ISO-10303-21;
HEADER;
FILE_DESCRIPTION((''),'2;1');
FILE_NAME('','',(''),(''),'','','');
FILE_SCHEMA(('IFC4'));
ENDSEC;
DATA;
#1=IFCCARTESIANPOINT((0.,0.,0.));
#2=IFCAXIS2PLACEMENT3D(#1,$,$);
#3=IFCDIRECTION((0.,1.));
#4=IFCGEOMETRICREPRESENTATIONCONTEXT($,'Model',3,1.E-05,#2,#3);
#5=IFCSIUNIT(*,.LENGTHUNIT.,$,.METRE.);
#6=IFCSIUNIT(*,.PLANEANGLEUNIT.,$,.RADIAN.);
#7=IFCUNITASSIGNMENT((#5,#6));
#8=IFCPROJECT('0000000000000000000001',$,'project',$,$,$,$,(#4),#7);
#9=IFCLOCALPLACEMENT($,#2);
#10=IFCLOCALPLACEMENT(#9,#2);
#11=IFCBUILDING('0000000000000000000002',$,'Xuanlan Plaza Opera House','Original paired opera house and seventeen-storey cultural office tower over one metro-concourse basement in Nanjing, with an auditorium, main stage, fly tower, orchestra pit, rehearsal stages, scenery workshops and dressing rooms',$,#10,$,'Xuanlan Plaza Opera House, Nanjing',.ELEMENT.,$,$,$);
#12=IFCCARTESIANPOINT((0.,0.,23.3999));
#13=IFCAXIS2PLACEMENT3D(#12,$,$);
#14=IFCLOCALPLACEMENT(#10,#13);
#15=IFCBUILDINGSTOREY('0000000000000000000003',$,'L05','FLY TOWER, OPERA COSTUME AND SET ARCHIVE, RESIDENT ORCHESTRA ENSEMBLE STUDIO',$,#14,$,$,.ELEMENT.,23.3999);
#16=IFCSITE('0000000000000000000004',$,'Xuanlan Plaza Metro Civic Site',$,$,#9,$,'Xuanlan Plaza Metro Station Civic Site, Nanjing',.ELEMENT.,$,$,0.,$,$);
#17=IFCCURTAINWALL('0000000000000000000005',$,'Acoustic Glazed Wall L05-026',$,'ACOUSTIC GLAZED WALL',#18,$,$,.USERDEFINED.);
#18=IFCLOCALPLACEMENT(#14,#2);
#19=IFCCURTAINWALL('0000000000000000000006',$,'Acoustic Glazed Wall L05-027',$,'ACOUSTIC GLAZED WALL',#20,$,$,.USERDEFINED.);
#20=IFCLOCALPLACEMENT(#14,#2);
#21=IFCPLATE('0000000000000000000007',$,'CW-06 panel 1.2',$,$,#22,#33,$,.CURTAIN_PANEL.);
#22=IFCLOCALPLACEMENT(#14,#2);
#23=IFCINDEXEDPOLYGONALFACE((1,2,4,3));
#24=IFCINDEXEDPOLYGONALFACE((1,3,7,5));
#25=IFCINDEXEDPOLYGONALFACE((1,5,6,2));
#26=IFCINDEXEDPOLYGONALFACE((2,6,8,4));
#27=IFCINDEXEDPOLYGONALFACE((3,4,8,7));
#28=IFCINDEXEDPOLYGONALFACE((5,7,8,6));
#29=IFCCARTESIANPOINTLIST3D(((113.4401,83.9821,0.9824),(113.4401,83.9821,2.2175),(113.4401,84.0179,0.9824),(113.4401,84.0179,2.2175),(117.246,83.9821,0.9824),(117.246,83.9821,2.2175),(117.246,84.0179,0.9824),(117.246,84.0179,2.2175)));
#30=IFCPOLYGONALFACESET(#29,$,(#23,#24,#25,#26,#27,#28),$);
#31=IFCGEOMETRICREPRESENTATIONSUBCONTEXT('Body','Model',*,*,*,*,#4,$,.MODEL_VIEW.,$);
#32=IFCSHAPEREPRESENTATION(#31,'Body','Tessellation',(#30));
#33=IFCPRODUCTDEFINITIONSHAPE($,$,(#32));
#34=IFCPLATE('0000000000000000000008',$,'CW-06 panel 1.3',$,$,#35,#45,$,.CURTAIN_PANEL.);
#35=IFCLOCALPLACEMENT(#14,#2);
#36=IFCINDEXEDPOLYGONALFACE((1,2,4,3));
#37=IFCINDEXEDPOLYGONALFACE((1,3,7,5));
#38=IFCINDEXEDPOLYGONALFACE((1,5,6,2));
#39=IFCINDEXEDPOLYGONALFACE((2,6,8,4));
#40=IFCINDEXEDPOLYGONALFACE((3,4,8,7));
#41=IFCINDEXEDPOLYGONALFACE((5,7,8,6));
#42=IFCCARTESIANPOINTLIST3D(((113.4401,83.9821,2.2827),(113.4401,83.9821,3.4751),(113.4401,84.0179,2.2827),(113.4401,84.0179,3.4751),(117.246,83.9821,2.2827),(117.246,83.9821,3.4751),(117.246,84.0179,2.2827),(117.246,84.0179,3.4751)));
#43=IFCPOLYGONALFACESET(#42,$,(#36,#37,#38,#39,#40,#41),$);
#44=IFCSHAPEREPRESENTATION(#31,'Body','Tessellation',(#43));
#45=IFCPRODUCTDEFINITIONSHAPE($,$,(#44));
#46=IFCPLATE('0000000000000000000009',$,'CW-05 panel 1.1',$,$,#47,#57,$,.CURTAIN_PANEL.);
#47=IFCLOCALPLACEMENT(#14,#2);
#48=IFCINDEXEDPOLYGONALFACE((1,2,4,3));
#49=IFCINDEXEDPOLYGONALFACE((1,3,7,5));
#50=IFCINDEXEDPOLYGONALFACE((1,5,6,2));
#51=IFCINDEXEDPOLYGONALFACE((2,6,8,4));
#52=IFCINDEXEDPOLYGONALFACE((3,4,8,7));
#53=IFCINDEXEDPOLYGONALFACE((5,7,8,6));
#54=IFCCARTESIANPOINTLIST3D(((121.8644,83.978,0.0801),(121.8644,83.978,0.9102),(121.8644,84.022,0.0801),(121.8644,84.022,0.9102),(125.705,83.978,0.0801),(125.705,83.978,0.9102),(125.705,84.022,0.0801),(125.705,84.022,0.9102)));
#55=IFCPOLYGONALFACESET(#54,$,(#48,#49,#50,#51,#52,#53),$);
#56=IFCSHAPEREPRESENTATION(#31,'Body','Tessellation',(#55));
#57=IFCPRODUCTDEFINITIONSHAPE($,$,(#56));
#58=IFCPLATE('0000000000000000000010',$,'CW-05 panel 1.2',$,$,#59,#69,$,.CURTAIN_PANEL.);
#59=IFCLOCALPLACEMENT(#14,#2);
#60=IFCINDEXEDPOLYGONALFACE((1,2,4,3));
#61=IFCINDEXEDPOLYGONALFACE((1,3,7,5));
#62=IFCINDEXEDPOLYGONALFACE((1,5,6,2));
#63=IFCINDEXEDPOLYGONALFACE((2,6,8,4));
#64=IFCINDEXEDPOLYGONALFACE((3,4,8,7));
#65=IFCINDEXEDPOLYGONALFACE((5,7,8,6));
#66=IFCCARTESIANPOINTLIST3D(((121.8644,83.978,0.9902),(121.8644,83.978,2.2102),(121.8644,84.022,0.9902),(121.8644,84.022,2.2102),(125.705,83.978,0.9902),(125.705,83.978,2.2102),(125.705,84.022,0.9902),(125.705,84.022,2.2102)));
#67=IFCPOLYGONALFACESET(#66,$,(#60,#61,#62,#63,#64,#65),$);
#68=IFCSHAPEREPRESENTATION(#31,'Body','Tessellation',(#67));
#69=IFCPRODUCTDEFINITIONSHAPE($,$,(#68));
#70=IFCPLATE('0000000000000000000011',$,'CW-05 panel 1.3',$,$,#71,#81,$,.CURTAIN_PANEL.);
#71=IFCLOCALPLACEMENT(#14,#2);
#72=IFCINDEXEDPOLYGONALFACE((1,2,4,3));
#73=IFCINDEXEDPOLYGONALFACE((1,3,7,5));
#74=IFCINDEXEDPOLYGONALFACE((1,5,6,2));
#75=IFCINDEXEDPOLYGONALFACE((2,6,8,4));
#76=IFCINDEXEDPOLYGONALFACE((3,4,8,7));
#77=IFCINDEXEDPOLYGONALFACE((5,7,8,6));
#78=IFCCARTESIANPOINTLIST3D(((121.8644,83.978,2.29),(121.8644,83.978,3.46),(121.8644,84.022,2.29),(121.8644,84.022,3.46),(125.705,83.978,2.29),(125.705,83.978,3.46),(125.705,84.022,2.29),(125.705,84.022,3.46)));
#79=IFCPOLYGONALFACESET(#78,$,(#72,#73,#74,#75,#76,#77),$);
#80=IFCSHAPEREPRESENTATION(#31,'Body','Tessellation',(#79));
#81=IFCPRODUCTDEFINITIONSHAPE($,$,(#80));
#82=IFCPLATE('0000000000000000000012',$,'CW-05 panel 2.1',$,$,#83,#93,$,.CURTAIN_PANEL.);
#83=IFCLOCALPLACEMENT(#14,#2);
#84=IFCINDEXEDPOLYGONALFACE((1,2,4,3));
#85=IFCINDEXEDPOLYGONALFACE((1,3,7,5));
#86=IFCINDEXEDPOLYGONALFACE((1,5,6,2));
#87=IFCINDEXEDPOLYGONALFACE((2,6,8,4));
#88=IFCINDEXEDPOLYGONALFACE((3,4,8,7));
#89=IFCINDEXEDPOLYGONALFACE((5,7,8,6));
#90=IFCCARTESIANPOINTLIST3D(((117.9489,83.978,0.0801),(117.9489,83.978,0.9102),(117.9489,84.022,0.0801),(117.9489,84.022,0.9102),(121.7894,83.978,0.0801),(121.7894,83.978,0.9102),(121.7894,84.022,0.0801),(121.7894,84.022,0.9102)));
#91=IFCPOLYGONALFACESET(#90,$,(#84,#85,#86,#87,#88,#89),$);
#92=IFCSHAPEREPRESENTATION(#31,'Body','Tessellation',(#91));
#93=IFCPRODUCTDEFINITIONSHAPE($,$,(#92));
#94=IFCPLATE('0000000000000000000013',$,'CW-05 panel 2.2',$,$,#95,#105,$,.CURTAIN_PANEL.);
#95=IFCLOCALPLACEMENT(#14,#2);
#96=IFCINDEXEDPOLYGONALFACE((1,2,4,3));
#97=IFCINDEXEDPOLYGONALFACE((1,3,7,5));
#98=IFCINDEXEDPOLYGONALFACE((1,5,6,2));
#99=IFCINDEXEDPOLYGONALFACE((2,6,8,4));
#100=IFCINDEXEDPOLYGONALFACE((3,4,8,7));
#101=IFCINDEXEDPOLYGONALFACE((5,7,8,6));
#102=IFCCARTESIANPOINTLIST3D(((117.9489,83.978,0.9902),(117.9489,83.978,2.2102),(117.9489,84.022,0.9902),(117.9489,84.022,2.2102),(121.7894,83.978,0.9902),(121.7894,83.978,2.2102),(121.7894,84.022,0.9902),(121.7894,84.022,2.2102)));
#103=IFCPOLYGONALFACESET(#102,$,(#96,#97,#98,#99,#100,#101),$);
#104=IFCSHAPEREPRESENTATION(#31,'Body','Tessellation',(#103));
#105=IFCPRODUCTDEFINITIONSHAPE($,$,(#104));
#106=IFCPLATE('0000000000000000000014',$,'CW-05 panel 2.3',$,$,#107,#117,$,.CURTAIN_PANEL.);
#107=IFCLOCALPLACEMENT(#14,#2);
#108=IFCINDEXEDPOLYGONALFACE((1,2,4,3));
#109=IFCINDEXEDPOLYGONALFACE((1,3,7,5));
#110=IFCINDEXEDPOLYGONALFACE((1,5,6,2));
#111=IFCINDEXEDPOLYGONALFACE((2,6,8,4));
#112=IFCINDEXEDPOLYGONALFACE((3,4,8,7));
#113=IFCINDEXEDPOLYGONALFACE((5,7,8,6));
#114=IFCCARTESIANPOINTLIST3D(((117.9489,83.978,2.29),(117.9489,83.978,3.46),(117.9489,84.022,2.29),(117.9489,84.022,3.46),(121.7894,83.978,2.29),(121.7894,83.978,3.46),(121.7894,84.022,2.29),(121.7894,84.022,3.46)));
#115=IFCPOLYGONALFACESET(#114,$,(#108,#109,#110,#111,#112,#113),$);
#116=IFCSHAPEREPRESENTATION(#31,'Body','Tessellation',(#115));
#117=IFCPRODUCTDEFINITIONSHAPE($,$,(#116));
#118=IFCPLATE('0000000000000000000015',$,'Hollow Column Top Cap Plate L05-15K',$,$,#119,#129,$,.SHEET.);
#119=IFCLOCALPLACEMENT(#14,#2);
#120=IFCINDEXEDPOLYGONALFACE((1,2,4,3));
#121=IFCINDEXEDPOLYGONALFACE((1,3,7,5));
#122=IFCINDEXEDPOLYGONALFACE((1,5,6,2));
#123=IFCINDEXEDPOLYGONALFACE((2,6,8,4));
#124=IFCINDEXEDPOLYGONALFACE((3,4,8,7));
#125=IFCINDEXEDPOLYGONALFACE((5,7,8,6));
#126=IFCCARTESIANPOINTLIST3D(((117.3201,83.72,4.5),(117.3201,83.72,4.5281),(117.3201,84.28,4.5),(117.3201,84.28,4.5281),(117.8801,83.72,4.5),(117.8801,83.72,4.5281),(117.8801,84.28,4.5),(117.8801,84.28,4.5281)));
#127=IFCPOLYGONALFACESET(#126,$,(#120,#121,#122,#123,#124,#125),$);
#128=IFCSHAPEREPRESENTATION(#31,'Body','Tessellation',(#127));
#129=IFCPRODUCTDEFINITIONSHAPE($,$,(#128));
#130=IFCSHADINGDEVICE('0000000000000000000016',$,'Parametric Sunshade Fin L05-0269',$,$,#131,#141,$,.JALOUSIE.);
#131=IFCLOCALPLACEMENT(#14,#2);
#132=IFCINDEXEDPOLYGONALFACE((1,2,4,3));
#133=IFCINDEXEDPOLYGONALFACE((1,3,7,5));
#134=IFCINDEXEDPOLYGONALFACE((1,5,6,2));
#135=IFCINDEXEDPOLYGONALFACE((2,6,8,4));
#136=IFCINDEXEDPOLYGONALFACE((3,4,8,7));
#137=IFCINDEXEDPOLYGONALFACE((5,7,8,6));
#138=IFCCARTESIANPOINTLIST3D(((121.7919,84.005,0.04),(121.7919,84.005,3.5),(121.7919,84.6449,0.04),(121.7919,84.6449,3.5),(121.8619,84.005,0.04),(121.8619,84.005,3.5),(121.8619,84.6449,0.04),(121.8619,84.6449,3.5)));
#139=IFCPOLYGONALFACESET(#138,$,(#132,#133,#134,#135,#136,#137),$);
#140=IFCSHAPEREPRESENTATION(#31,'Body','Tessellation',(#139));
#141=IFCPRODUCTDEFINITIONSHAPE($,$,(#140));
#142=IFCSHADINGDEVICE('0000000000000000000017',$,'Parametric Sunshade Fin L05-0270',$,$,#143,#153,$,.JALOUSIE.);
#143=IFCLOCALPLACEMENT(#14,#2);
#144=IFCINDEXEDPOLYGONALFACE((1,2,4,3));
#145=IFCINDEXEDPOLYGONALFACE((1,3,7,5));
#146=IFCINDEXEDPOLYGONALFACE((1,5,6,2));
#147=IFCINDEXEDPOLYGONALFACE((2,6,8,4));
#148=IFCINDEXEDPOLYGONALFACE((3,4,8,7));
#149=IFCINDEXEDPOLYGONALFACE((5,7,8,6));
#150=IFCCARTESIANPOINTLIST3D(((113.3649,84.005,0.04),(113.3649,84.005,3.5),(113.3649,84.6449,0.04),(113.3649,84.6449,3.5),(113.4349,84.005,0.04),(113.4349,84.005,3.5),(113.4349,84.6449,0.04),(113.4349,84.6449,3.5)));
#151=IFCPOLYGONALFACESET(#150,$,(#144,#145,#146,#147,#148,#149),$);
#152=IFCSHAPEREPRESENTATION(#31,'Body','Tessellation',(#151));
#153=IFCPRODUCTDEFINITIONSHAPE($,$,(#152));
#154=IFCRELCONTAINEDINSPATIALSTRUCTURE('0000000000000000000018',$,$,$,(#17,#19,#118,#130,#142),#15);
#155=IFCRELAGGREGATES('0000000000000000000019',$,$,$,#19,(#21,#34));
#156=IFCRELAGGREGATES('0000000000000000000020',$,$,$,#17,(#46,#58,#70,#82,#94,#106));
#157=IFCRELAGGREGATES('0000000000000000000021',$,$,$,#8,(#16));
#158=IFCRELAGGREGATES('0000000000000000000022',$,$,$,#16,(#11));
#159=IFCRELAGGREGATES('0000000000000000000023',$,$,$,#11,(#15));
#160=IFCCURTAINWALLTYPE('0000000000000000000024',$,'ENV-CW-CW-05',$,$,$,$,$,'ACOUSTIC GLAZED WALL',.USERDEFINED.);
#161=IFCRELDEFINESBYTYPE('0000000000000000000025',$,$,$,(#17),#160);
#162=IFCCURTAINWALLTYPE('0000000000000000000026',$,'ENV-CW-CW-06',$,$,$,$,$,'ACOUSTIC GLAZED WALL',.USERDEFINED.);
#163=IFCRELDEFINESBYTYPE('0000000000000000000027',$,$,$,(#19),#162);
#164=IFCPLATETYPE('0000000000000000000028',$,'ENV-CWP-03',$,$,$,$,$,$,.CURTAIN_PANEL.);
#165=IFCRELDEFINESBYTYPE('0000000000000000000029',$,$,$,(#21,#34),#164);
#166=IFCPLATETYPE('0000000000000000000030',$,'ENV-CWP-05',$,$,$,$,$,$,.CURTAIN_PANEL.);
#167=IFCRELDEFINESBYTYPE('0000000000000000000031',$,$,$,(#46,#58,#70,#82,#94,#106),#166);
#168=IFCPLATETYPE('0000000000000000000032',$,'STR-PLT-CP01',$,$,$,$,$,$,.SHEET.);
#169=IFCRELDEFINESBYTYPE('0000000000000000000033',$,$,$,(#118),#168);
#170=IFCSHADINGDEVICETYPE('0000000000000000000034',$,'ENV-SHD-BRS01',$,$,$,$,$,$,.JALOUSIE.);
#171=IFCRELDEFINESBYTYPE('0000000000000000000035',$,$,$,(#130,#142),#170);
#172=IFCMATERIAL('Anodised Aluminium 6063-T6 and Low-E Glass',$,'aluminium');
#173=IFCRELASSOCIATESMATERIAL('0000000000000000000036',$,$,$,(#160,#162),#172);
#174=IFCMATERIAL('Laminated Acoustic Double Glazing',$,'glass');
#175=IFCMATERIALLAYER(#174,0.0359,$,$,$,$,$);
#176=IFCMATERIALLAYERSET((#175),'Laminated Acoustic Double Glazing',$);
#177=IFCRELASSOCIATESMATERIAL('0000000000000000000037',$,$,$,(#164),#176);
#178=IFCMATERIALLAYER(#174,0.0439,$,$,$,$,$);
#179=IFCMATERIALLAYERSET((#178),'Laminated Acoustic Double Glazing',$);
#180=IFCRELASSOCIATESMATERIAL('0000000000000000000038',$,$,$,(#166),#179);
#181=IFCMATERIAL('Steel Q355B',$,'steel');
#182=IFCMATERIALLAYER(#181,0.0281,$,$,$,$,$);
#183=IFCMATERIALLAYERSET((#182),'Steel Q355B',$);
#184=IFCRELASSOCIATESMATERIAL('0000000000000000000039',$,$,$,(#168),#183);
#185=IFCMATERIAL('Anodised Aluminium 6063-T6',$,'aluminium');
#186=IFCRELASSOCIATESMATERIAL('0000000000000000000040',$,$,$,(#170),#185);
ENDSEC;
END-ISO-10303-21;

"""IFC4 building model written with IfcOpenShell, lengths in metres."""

from ifc_helpers import new_model, si_unit, direction, frame, origin, origin_2d, place, context, subcontext, project, spatial, rectangle, extrude, material, layer, layer_set, type_object, element, aggregate, save


model = new_model("IFC4")

# Units and contexts
model_context = context("Model", 3, precision=1e-05, world=origin(), true_north=direction((0.0, 1.0)))
body_context = subcontext(model_context, "Body", "Model", "MODEL_VIEW")
ifc_project = project(units=[si_unit("LENGTHUNIT", "METRE"), si_unit("PLANEANGLEUNIT", "RADIAN")], contexts=[model_context])

# Site, building, storey
site_placement = place(None, origin())
site = spatial("IfcSite", under=ifc_project, at=site_placement, Name="Xuanlan Plaza Metro Civic Site", LongName="Xuanlan Plaza Metro Station Civic Site, Nanjing", CompositionType="ELEMENT", RefElevation=0.0)
building_placement = place(site_placement, origin())
building = spatial("IfcBuilding", under=site, at=building_placement, Name="Xuanlan Plaza Opera House", Description="Original paired opera house and seventeen-storey cultural office tower over one metro-concourse basement in Nanjing, with an auditorium, main stage, fly tower, orchestra pit, rehearsal stages, scenery workshops and dressing rooms", LongName="Xuanlan Plaza Opera House, Nanjing", CompositionType="ELEMENT")
storey_placement = place(building_placement, frame((0.0, 0.0, 23.3999)))
storey = spatial("IfcBuildingStorey", under=building, at=storey_placement, Name="L05", Description="FLY TOWER, OPERA COSTUME AND SET ARCHIVE, RESIDENT ORCHESTRA ENSEMBLE STUDIO", CompositionType="ELEMENT", Elevation=23.3999)

# Shared definitions
ifc_material_1 = material(Name="Steel Q355B", Category="steel")

# Curtain walls
ifc_material_2 = material(Name="Anodised Aluminium 6063-T6 and Low-E Glass", Category="aluminium")
curtain_wall_type_1 = type_object("IfcCurtainWallType", Name="ENV-CW-CW-05", ElementType="ACOUSTIC GLAZED WALL", PredefinedType="USERDEFINED", material=ifc_material_2)
curtain_wall_1_placement = place(storey_placement, origin())
curtain_wall_1 = element("IfcCurtainWall", 1, at=curtain_wall_1_placement, inside=storey, type_object=curtain_wall_type_1, Name="Acoustic Glazed Wall L05-026", ObjectType="ACOUSTIC GLAZED WALL", PredefinedType="USERDEFINED")
ifc_material_3 = material(Name="Anodised Aluminium 6063-T6", Category="aluminium")
curtain_wall_type_2 = type_object("IfcCurtainWallType", Name="ENV-CW-CW-06", ElementType="ACOUSTIC GLAZED WALL", PredefinedType="USERDEFINED", material=ifc_material_2)
curtain_wall_2_placement = place(storey_placement, origin())
curtain_wall_2 = element("IfcCurtainWall", 2, at=curtain_wall_2_placement, inside=storey, type_object=curtain_wall_type_2, Name="Acoustic Glazed Wall L05-027", ObjectType="ACOUSTIC GLAZED WALL", PredefinedType="USERDEFINED")

# Plates
ifc_material_4 = material(Name="Laminated Acoustic Double Glazing", Category="glass")
ifc_layer_1 = layer(ifc_material_4, 0.0359)
ifc_layer_set_1 = layer_set([ifc_layer_1], Name="Laminated Acoustic Double Glazing")
plate_type_1 = type_object("IfcPlateType", Name="ENV-CWP-03", PredefinedType="CURTAIN_PANEL", material=ifc_layer_set_1)
plate_1_placement = place(storey_placement, frame((115.343, 84.0, 0.9824), z_axis=(0.0, 0.0, 1.0), x_axis=(-1.0, 0.0, 0.0)))
plate_1 = element("IfcPlate", 3, at=plate_1_placement, type_object=plate_type_1, Name="CW-06 panel 1.2", PredefinedType="CURTAIN_PANEL", context=body_context, shape_type="SweptSolid", body=[
    extrude(rectangle(XDim=3.8059, YDim=0.0359, at=origin_2d()), origin(), (0.0, 0.0, 1.0), 1.2351),
])
plate_2_placement = place(storey_placement, frame((115.343, 84.0, 2.2827), z_axis=(0.0, 0.0, 1.0), x_axis=(-1.0, 0.0, 0.0)))
plate_2 = element("IfcPlate", 4, at=plate_2_placement, type_object=plate_type_1, Name="CW-06 panel 1.3", PredefinedType="CURTAIN_PANEL", context=body_context, shape_type="SweptSolid", body=[
    extrude(rectangle(XDim=3.8059, YDim=0.0359, at=origin_2d()), origin(), (0.0, 0.0, 1.0), 1.1924),
])
aggregate(curtain_wall_2, [plate_1, plate_2])
ifc_layer_2 = layer(ifc_material_4, 0.0439)
ifc_layer_set_2 = layer_set([ifc_layer_2], Name="Laminated Acoustic Double Glazing")
plate_type_2 = type_object("IfcPlateType", Name="ENV-CWP-05", PredefinedType="CURTAIN_PANEL", material=ifc_layer_set_2)
plate_3_placement = place(storey_placement, frame((123.7847, 84.0, 0.0801), z_axis=(0.0, 0.0, 1.0), x_axis=(-1.0, 0.0, 0.0)))
plate_3 = element("IfcPlate", 5, at=plate_3_placement, type_object=plate_type_2, Name="CW-05 panel 1.1", PredefinedType="CURTAIN_PANEL", context=body_context, shape_type="SweptSolid", body=[
    extrude(rectangle(XDim=3.8406, YDim=0.0439, at=origin_2d()), origin(), (0.0, 0.0, 1.0), 0.8301),
])
plate_4_placement = place(storey_placement, frame((123.7847, 84.0, 0.9902), z_axis=(0.0, 0.0, 1.0), x_axis=(-1.0, 0.0, 0.0)))
plate_4 = element("IfcPlate", 6, at=plate_4_placement, type_object=plate_type_2, Name="CW-05 panel 1.2", PredefinedType="CURTAIN_PANEL", context=body_context, shape_type="SweptSolid", body=[
    extrude(rectangle(XDim=3.8406, YDim=0.0439, at=origin_2d()), origin(), (0.0, 0.0, 1.0), 1.22),
])
plate_5_placement = place(storey_placement, frame((123.7847, 84.0, 2.29), z_axis=(0.0, 0.0, 1.0), x_axis=(-1.0, 0.0, 0.0)))
plate_5 = element("IfcPlate", 7, at=plate_5_placement, type_object=plate_type_2, Name="CW-05 panel 1.3", PredefinedType="CURTAIN_PANEL", context=body_context, shape_type="SweptSolid", body=[
    extrude(rectangle(XDim=3.8406, YDim=0.0439, at=origin_2d()), origin(), (0.0, 0.0, 1.0), 1.1699),
])
plate_6_placement = place(storey_placement, frame((119.8691, 84.0, 0.0801), z_axis=(0.0, 0.0, 1.0), x_axis=(-1.0, 0.0, 0.0)))
plate_6 = element("IfcPlate", 8, at=plate_6_placement, type_object=plate_type_2, Name="CW-05 panel 2.1", PredefinedType="CURTAIN_PANEL", context=body_context, shape_type="SweptSolid", body=[
    extrude(rectangle(XDim=3.8406, YDim=0.0439, at=origin_2d()), origin(), (0.0, 0.0, 1.0), 0.8301),
])
plate_7_placement = place(storey_placement, frame((119.8691, 84.0, 0.9902), z_axis=(0.0, 0.0, 1.0), x_axis=(-1.0, 0.0, 0.0)))
plate_7 = element("IfcPlate", 9, at=plate_7_placement, type_object=plate_type_2, Name="CW-05 panel 2.2", PredefinedType="CURTAIN_PANEL", context=body_context, shape_type="SweptSolid", body=[
    extrude(rectangle(XDim=3.8406, YDim=0.0439, at=origin_2d()), origin(), (0.0, 0.0, 1.0), 1.22),
])
plate_8_placement = place(storey_placement, frame((119.8691, 84.0, 2.29), z_axis=(0.0, 0.0, 1.0), x_axis=(-1.0, 0.0, 0.0)))
plate_8 = element("IfcPlate", 10, at=plate_8_placement, type_object=plate_type_2, Name="CW-05 panel 2.3", PredefinedType="CURTAIN_PANEL", context=body_context, shape_type="SweptSolid", body=[
    extrude(rectangle(XDim=3.8406, YDim=0.0439, at=origin_2d()), origin(), (0.0, 0.0, 1.0), 1.1699),
])
aggregate(curtain_wall_1, [plate_3, plate_4, plate_5, plate_6, plate_7, plate_8])
ifc_layer_3 = layer(ifc_material_1, 0.0281)
ifc_layer_set_3 = layer_set([ifc_layer_3], Name="Steel Q355B")
plate_type_3 = type_object("IfcPlateType", Name="STR-PLT-CP01", PredefinedType="SHEET", material=ifc_layer_set_3)
plate_9_placement = place(storey_placement, frame((117.6001, 84.0, 4.5), z_axis=(0.0, 0.0, 1.0), x_axis=(1.0, 0.0, 0.0)))
element("IfcPlate", 11, at=plate_9_placement, inside=storey, type_object=plate_type_3, Name="Hollow Column Top Cap Plate L05-15K", PredefinedType="SHEET", context=body_context, shape_type="SweptSolid", body=[
    extrude(rectangle(XDim=0.5601, YDim=0.5601, at=origin_2d()), origin(), (0.0, 0.0, 1.0), 0.0281),
])

# Shading devices
shading_device_type = type_object("IfcShadingDeviceType", Name="ENV-SHD-BRS01", PredefinedType="JALOUSIE", material=ifc_material_3)
for number, where, z_axis, x_axis, name in (
    (12, (121.8269, 84.325, 0.04), (0.0, 0.0, 1.0), (0.0, 1.0, 0.0), "Parametric Sunshade Fin L05-0269"),
    (13, (113.3999, 84.325, 0.04), (0.0, 0.0, 1.0), (0.0, 1.0, 0.0), "Parametric Sunshade Fin L05-0270"),
):
    element("IfcShadingDevice", number, at=place(storey_placement, frame(where, z_axis=z_axis, x_axis=x_axis)), inside=storey, type_object=shading_device_type, Name=name, PredefinedType="JALOUSIE", context=body_context, shape_type="SweptSolid", body=[
        extrude(rectangle(XDim=0.6399, YDim=0.0701, at=origin_2d()), origin(), (0.0, 0.0, 1.0), 3.46),
    ])

save(model, "model.ifc")
